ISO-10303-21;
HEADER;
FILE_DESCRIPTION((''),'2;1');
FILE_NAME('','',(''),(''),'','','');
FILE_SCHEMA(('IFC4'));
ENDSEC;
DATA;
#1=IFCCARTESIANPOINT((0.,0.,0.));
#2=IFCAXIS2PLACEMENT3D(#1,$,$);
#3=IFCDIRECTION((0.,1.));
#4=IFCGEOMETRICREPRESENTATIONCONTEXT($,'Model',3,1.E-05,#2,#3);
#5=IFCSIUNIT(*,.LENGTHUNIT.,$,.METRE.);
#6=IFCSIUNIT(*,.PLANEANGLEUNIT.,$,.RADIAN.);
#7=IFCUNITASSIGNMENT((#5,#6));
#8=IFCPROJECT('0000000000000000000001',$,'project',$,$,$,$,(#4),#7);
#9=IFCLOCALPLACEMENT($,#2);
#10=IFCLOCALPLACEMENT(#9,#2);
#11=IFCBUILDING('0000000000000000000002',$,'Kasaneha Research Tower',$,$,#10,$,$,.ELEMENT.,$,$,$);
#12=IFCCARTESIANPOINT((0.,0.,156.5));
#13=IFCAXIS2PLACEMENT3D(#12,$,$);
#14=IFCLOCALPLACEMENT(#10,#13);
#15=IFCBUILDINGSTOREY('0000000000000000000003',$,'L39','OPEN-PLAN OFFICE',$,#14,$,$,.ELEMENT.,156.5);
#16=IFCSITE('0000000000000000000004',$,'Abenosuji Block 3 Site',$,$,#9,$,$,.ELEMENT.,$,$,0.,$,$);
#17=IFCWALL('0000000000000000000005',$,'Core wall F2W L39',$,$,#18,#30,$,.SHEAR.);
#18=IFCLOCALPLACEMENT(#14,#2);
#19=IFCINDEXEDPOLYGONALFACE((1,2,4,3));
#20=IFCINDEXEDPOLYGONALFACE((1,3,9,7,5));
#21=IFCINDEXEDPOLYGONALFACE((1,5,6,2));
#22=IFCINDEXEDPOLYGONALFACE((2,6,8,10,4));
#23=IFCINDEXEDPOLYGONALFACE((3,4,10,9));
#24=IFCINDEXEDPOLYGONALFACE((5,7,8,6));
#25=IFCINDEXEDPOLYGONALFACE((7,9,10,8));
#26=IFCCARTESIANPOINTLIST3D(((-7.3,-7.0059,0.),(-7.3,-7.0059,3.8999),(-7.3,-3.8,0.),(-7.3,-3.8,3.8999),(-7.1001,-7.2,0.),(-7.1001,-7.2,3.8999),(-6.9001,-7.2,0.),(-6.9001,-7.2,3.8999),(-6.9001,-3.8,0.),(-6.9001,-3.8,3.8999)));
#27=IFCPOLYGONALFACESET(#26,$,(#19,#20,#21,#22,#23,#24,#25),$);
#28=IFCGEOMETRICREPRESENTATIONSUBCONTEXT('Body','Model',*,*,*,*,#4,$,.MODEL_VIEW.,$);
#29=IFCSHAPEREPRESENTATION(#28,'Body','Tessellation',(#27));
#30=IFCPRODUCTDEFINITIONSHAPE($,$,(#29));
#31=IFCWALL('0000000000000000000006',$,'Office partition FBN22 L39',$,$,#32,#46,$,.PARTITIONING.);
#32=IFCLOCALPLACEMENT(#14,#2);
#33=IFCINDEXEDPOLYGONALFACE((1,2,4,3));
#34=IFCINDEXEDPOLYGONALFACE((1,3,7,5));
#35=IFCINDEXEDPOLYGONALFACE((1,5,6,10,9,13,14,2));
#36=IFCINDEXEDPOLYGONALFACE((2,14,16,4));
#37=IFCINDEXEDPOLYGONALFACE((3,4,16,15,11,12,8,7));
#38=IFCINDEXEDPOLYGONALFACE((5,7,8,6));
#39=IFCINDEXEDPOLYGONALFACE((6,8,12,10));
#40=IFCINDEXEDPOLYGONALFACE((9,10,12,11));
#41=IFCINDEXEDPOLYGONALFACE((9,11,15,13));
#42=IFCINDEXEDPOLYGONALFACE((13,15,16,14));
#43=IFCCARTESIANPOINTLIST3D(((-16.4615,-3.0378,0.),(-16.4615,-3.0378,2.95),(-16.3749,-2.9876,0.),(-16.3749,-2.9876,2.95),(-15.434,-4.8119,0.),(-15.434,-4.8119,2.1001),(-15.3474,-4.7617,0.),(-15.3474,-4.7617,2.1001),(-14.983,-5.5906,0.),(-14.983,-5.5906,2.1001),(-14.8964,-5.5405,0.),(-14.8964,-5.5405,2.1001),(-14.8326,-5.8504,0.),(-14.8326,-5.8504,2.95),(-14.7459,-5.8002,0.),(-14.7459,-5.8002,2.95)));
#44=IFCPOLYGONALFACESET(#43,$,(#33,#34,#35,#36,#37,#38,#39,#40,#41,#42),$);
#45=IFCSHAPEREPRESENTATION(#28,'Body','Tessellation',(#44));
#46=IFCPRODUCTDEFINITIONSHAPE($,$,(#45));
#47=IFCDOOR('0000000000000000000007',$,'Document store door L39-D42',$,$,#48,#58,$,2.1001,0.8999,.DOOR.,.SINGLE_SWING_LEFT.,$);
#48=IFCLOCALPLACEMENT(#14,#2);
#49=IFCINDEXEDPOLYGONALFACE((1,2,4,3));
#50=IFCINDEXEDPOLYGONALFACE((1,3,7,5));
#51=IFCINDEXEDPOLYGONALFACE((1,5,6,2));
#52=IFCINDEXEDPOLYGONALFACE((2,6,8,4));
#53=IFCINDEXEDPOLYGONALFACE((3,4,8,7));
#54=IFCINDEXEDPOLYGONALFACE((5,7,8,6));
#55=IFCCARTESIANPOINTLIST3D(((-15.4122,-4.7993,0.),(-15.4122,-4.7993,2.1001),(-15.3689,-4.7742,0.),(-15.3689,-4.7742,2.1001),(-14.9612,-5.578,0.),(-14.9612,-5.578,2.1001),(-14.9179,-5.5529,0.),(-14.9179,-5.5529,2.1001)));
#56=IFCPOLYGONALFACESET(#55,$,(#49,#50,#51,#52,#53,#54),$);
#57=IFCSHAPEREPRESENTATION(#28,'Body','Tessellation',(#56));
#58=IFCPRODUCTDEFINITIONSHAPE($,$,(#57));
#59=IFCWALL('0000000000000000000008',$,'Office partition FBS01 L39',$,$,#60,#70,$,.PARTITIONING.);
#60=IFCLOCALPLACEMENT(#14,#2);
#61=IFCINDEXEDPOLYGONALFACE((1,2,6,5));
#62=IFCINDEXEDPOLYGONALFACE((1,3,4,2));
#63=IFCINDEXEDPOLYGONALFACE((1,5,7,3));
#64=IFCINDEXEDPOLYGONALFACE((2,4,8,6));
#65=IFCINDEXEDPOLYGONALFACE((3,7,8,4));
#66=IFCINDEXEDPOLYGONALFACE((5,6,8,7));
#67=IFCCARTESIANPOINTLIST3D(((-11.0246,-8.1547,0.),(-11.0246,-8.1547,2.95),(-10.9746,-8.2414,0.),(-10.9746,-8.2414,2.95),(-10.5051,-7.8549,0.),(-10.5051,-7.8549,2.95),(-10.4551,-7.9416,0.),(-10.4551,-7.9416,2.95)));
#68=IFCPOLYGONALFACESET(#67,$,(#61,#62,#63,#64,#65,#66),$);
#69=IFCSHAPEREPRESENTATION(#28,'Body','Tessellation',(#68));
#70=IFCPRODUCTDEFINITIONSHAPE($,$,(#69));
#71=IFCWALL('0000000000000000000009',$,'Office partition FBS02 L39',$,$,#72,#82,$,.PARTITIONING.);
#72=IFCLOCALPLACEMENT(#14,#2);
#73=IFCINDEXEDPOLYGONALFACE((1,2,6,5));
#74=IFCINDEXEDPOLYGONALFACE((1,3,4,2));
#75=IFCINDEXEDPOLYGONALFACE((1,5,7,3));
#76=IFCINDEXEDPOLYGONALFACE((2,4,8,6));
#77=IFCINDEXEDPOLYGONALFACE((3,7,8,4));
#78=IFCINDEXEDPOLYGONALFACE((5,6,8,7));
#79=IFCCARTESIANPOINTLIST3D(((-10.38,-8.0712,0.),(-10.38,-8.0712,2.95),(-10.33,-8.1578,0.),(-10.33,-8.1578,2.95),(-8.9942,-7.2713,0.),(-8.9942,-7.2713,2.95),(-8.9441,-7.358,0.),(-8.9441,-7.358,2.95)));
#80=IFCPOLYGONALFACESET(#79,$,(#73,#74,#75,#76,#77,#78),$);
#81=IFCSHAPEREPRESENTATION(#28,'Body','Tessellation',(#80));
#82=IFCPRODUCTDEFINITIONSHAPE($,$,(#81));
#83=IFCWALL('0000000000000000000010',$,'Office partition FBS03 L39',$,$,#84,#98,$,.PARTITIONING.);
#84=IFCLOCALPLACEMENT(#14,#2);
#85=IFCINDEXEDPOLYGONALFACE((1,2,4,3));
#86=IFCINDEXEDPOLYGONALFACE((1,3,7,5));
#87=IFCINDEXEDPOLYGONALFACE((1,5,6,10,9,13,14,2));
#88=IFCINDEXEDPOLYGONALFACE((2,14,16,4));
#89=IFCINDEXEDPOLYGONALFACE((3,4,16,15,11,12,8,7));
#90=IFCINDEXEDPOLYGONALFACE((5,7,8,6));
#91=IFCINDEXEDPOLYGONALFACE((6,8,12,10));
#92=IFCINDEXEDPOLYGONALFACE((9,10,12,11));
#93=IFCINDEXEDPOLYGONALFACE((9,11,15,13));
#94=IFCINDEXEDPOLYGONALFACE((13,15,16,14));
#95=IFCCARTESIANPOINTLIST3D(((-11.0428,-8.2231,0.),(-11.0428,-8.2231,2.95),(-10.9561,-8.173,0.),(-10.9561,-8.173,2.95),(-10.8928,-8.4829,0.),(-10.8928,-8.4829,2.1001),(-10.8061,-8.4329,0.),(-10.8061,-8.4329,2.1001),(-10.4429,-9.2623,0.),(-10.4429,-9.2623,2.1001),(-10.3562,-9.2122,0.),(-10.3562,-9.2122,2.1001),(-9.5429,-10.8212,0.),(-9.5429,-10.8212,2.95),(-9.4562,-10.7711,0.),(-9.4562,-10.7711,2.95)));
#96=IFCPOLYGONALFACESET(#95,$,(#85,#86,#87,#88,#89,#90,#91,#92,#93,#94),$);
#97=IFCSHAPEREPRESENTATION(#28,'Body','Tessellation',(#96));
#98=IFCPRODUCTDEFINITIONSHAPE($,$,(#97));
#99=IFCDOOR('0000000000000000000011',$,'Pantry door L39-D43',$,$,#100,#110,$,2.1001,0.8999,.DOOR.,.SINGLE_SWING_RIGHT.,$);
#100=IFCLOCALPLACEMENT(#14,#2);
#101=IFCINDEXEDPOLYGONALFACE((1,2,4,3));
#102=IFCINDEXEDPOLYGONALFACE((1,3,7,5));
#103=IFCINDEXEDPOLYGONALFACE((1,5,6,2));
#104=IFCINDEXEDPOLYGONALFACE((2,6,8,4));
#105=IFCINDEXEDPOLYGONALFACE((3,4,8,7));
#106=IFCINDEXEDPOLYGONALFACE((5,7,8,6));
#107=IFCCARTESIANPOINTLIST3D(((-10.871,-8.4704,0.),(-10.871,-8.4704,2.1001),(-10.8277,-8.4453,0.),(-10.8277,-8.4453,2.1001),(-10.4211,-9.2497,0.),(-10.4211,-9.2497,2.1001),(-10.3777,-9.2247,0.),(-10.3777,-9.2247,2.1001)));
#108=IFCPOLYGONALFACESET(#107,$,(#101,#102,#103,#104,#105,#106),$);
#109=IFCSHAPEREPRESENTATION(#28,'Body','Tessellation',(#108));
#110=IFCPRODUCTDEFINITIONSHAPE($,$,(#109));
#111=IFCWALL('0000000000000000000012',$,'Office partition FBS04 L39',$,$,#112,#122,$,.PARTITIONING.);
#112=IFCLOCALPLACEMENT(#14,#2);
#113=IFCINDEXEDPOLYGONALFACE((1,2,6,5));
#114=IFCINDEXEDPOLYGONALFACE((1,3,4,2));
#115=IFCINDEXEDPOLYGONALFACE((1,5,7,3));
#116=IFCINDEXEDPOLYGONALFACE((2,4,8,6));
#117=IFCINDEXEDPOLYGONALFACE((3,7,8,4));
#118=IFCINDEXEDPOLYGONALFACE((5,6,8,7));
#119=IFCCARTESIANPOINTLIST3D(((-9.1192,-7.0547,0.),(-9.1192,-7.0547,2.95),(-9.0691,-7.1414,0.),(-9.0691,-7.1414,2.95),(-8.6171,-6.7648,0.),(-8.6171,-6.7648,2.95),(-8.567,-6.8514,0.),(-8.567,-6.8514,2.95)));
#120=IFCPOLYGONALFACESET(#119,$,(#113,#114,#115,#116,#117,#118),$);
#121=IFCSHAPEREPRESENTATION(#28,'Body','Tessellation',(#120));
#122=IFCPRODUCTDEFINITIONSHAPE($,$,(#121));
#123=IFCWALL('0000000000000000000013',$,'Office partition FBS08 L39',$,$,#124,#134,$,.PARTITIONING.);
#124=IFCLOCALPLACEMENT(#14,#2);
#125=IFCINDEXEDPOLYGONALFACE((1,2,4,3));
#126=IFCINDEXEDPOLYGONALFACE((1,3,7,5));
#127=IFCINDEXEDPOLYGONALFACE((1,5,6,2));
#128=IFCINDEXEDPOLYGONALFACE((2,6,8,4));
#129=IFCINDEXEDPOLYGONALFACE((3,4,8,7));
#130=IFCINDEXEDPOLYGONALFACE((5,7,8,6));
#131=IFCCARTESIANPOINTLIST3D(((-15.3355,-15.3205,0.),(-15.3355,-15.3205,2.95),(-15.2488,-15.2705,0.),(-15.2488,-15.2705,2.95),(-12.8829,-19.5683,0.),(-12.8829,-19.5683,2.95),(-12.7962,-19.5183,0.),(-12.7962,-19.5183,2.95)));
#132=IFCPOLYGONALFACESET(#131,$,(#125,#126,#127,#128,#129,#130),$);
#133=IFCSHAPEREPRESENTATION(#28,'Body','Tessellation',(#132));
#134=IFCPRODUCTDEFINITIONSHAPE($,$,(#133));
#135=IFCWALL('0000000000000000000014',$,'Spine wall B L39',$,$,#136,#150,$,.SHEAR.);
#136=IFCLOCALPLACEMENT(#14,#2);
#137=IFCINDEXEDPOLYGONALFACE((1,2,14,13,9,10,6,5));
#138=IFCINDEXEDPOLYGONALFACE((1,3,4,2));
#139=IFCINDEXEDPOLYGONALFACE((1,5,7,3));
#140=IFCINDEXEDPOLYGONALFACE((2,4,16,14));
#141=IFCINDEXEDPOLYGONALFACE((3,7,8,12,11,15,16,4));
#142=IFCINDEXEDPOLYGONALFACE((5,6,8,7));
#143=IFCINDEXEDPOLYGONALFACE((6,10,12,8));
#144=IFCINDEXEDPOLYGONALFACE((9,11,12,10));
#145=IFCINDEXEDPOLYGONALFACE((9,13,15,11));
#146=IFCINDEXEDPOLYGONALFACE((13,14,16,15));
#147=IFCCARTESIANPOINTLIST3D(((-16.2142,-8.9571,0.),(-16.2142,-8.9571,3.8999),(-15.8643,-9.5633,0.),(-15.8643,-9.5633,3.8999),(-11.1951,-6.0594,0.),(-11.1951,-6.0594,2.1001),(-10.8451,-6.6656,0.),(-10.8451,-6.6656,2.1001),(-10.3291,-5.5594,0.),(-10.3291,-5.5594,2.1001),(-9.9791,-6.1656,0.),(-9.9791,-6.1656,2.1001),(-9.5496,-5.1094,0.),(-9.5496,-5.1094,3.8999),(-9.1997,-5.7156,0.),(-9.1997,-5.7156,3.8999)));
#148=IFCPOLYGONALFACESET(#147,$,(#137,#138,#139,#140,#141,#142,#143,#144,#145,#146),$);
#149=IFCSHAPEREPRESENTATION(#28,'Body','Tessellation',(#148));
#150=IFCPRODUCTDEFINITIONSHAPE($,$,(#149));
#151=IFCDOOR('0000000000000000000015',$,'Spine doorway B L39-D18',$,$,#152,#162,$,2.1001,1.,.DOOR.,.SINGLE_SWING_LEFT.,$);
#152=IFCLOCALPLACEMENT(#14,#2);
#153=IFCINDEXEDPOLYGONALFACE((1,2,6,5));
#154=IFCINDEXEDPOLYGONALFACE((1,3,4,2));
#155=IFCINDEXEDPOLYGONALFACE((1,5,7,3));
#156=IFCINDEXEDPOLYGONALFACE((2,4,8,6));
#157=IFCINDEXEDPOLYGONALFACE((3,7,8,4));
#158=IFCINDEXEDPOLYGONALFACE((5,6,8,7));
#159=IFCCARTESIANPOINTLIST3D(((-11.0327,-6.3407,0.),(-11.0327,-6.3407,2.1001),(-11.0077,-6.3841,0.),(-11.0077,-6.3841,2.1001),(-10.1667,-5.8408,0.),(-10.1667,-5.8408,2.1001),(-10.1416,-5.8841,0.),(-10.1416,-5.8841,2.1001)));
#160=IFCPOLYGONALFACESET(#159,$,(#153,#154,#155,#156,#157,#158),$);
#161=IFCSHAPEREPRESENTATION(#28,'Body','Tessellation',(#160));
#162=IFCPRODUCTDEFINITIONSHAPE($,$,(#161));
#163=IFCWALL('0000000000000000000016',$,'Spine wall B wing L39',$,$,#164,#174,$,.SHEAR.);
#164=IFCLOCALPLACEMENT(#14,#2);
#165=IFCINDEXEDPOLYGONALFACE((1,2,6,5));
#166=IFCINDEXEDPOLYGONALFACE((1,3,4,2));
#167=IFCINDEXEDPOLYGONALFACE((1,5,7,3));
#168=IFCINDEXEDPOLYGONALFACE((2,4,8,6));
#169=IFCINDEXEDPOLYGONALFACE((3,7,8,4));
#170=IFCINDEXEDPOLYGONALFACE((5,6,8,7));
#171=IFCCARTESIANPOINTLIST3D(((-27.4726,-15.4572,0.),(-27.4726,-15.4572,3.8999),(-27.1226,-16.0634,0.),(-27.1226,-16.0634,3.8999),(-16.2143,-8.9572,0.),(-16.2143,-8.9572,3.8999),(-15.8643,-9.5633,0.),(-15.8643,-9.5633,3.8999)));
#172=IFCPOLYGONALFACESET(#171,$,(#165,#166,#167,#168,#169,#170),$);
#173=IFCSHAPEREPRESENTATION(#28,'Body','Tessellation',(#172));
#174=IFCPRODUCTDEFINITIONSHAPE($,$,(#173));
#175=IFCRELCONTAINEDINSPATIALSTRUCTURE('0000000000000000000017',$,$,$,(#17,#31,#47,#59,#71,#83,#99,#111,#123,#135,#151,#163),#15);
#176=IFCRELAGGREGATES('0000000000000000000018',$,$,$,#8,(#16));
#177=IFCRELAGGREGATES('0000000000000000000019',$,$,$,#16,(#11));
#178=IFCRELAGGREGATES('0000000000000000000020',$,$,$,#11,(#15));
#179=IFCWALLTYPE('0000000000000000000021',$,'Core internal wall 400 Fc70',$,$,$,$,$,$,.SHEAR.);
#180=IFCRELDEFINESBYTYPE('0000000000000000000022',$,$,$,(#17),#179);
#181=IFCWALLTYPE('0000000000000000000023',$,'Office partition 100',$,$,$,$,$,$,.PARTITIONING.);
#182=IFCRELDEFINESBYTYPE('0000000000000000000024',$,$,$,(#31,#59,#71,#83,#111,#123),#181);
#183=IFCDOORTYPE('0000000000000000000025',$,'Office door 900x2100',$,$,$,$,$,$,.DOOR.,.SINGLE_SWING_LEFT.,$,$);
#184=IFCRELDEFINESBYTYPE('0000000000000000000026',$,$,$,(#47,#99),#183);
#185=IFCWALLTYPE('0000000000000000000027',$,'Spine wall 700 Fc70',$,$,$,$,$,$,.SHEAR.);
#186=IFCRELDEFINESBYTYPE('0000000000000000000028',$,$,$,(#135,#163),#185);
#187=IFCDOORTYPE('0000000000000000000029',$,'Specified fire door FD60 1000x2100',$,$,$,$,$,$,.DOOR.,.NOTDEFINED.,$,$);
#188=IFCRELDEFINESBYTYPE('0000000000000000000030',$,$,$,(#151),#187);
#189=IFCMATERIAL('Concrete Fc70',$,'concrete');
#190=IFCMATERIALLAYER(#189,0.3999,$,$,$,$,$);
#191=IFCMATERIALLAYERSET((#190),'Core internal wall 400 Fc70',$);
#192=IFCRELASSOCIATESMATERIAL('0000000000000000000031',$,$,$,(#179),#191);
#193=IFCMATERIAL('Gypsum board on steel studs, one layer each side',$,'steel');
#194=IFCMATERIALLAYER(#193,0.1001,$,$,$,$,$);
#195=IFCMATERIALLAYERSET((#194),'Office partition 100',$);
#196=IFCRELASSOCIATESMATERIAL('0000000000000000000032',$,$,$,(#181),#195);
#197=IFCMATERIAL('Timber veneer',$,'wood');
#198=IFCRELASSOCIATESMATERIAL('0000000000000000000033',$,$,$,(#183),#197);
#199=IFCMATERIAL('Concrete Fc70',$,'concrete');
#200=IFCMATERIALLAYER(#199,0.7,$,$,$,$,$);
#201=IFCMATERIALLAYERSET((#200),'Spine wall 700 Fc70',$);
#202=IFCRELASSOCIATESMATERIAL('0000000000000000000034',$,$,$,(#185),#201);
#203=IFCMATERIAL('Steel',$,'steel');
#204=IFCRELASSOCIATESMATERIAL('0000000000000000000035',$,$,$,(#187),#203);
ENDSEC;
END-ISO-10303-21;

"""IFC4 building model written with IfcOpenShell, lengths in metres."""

from ifc_helpers import new_model, si_unit, direction, frame, frame_2d, origin, place, context, subcontext, project, spatial, polyline, rectangle, outline, extrude, material, layer, layer_set, type_object, element, fill, save


model = new_model("IFC4")

# Units and contexts
model_context = context("Model", 3, precision=1e-05, world=origin(), true_north=direction((0.0, 1.0)))
body_context = subcontext(model_context, "Body", "Model", "MODEL_VIEW")
ifc_project = project(units=[si_unit("LENGTHUNIT", "METRE"), si_unit("PLANEANGLEUNIT", "RADIAN")], contexts=[model_context])

# Site, building, storey
site_placement = place(None, origin())
site = spatial("IfcSite", under=ifc_project, at=site_placement, Name="Abenosuji Block 3 Site", CompositionType="ELEMENT", RefElevation=0.0)
building_placement = place(site_placement, origin())
building = spatial("IfcBuilding", under=site, at=building_placement, Name="Kasaneha Research Tower", CompositionType="ELEMENT")
storey_placement = place(building_placement, frame((0.0, 0.0, 156.5)))
storey = spatial("IfcBuildingStorey", under=building, at=storey_placement, Name="L39", Description="OPEN-PLAN OFFICE", CompositionType="ELEMENT", Elevation=156.5)

# Shared definitions
ifc_material_1 = material(Name="Concrete Fc70", Category="concrete")
ifc_layer_1 = layer(ifc_material_1, 0.3999)
ifc_layer_set_1 = layer_set([ifc_layer_1], Name="Core internal wall 400 Fc70")
wall_type_1 = type_object("IfcWallType", Name="Core internal wall 400 Fc70", PredefinedType="SHEAR", material=ifc_layer_set_1)

# Wall
wall_1_placement = place(storey_placement, frame((-7.1001, -3.8, 0.0), z_axis=(0.0, 0.0, 1.0), x_axis=(0.0, -1.0, 0.0)))
element("IfcWall", 1, at=wall_1_placement, inside=storey, type_object=wall_type_1, Name="Core wall F2W L39", PredefinedType="SHEAR", context=body_context, shape_type="SweptSolid", body=[
    extrude(outline(polyline([(0.0, -0.2), (3.2058, -0.2), (3.3999, 0.0), (3.3999, 0.2), (0.0, 0.2), (0.0, -0.2)])), origin(), (0.0, 0.0, 1.0), 3.8999),
])

# Wall, opening, door
ifc_material_2 = material(Name="Gypsum board on steel studs, one layer each side", Category="steel")
ifc_layer_2 = layer(ifc_material_2, 0.1001)
ifc_layer_set_2 = layer_set([ifc_layer_2], Name="Office partition 100")
wall_type_2 = type_object("IfcWallType", Name="Office partition 100", PredefinedType="PARTITIONING", material=ifc_layer_set_2)
wall_2_placement = place(storey_placement, frame((-14.7893, -5.8252, 0.0), z_axis=(0.0, 0.0, 1.0), x_axis=(-0.501178, 0.865344, 0.0)))
wall_2 = element("IfcWall", 2, at=wall_2_placement, inside=storey, type_object=wall_type_2, Name="Office partition FBN22 L39", PredefinedType="PARTITIONING", context=body_context, shape_type="SweptSolid", body=[
    extrude(rectangle(XDim=3.2502, YDim=0.1001, at=frame_2d((1.625, 0.0))), origin(), (0.0, 0.0, 1.0), 2.95),
])
opening_1_placement = place(wall_2_placement, frame((0.3, 0.0, 0.0)))
opening_1 = element("IfcOpeningElement", 3, at=opening_1_placement, cuts=wall_2, PredefinedType="OPENING", context=body_context, shape_type="SweptSolid", body=[
    extrude(rectangle(XDim=0.8999, YDim=2.1001, at=frame_2d((0.45, 1.05))), frame((0.0, 0.0601, 0.0), z_axis=(0.0, -1.0, 0.0), x_axis=(1.0, 0.0, 0.0)), (0.0, 0.0, 1.0), 0.1201),
])
ifc_material_3 = material(Name="Timber veneer", Category="wood")
door_type_1 = type_object("IfcDoorType", Name="Office door 900x2100", OperationType="SINGLE_SWING_LEFT", PredefinedType="DOOR", material=ifc_material_3)
door_1_placement = place(opening_1_placement, origin())
door_1 = element("IfcDoor", 4, at=door_1_placement, inside=storey, type_object=door_type_1, Name="Document store door L39-D42", OperationType="SINGLE_SWING_LEFT", OverallHeight=2.1001, OverallWidth=0.8999, PredefinedType="DOOR", context=body_context, shape_type="SweptSolid", body=[
    extrude(rectangle(XDim=0.8999, YDim=2.1001, at=frame_2d((0.45, 1.05))), frame((0.0, 0.0249, 0.0), z_axis=(0.0, -1.0, 0.0), x_axis=(1.0, 0.0, 0.0)), (0.0, 0.0, 1.0), 0.05),
])
fill(opening_1, door_1)

# Walls
wall_3_placement = place(storey_placement, frame((-10.9995, -8.198, 0.0), z_axis=(0.0, 0.0, 1.0), x_axis=(0.866131, 0.499816, 0.0)))
element("IfcWall", 5, at=wall_3_placement, inside=storey, type_object=wall_type_2, Name="Office partition FBS01 L39", PredefinedType="PARTITIONING", context=body_context, shape_type="SweptSolid", body=[
    extrude(rectangle(XDim=0.5999, YDim=0.1001, at=frame_2d((0.2998, 0.0))), origin(), (0.0, 0.0, 1.0), 2.95),
])
wall_4_placement = place(storey_placement, frame((-10.355, -8.1145, 0.0), z_axis=(0.0, 0.0, 1.0), x_axis=(0.866094, 0.499881, 0.0)))
element("IfcWall", 6, at=wall_4_placement, inside=storey, type_object=wall_type_2, Name="Office partition FBS02 L39", PredefinedType="PARTITIONING", context=body_context, shape_type="SweptSolid", body=[
    extrude(rectangle(XDim=1.6001, YDim=0.1001, at=frame_2d((0.8, 0.0))), origin(), (0.0, 0.0, 1.0), 2.95),
])

# Wall, opening, door
wall_5_placement = place(storey_placement, frame((-9.4995, -10.7961, 0.0), z_axis=(0.0, 0.0, 1.0), x_axis=(-0.49999, 0.866031, 0.0)))
wall_5 = element("IfcWall", 7, at=wall_5_placement, inside=storey, type_object=wall_type_2, Name="Office partition FBS03 L39", PredefinedType="PARTITIONING", context=body_context, shape_type="SweptSolid", body=[
    extrude(rectangle(XDim=3.0, YDim=0.1001, at=frame_2d((1.5, 0.0))), origin(), (0.0, 0.0, 1.0), 2.95),
])
opening_2_placement = place(wall_5_placement, frame((1.8, 0.0, 0.0)))
opening_2 = element("IfcOpeningElement", 8, at=opening_2_placement, cuts=wall_5, PredefinedType="OPENING", context=body_context, shape_type="SweptSolid", body=[
    extrude(rectangle(XDim=0.8999, YDim=2.1001, at=frame_2d((0.45, 1.05))), frame((0.0, 0.0601, 0.0), z_axis=(0.0, -1.0, 0.0), x_axis=(1.0, 0.0, 0.0)), (0.0, 0.0, 1.0), 0.1201),
])
door_2_placement = place(opening_2_placement, origin())
door_2 = element("IfcDoor", 9, at=door_2_placement, inside=storey, type_object=door_type_1, Name="Pantry door L39-D43", OperationType="SINGLE_SWING_RIGHT", OverallHeight=2.1001, OverallWidth=0.8999, PredefinedType="DOOR", context=body_context, shape_type="SweptSolid", body=[
    extrude(rectangle(XDim=0.8999, YDim=2.1001, at=frame_2d((0.45, 1.05))), frame((0.0, 0.0249, 0.0), z_axis=(0.0, -1.0, 0.0), x_axis=(1.0, 0.0, 0.0)), (0.0, 0.0, 1.0), 0.05),
])
fill(opening_2, door_2)

# Walls
wall_6_placement = place(storey_placement, frame((-9.0942, -7.0981, 0.0), z_axis=(0.0, 0.0, 1.0), x_axis=(0.865954, 0.500123, 0.0)))
element("IfcWall", 10, at=wall_6_placement, inside=storey, type_object=wall_type_2, Name="Office partition FBS04 L39", PredefinedType="PARTITIONING", context=body_context, shape_type="SweptSolid", body=[
    extrude(rectangle(XDim=0.5798, YDim=0.1001, at=frame_2d((0.29, 0.0))), origin(), (0.0, 0.0, 1.0), 2.95),
])
wall_7_placement = place(storey_placement, frame((-15.2922, -15.2954, 0.0), z_axis=(0.0, 0.0, 1.0), x_axis=(0.500025, -0.866011, 0.0)))
element("IfcWall", 11, at=wall_7_placement, inside=storey, type_object=wall_type_2, Name="Office partition FBS08 L39", PredefinedType="PARTITIONING", context=body_context, shape_type="SweptSolid", body=[
    extrude(rectangle(XDim=4.905, YDim=0.1001, at=frame_2d((2.4526, 0.0))), origin(), (0.0, 0.0, 1.0), 2.95),
])

# Wall, opening, door
ifc_material_4 = material(Name="Concrete Fc70", Category="concrete")
ifc_layer_3 = layer(ifc_material_4, 0.7)
ifc_layer_set_3 = layer_set([ifc_layer_3], Name="Spine wall 700 Fc70")
wall_type_3 = type_object("IfcWallType", Name="Spine wall 700 Fc70", PredefinedType="SHEAR", material=ifc_layer_set_3)
wall_8_placement = place(storey_placement, frame((-9.3748, -5.4126, 0.0), z_axis=(0.0, 0.0, 1.0), x_axis=(-0.866032, -0.499988, 0.0)))
wall_8 = element("IfcWall", 12, at=wall_8_placement, inside=storey, type_object=wall_type_3, Name="Spine wall B L39", PredefinedType="SHEAR", context=body_context, shape_type="SweptSolid", body=[
    extrude(rectangle(XDim=7.6956, YDim=0.7, at=frame_2d((3.8477, 0.0))), origin(), (0.0, 0.0, 1.0), 3.8999),
])
opening_3_placement = place(wall_8_placement, frame((0.8999, 0.0, 0.0)))
opening_3 = element("IfcOpeningElement", 13, at=opening_3_placement, cuts=wall_8, PredefinedType="OPENING", context=body_context, shape_type="SweptSolid", body=[
    extrude(rectangle(XDim=1.0, YDim=2.1001, at=frame_2d((0.5, 1.05))), frame((0.0, 0.3599, 0.0), z_axis=(0.0, -1.0, 0.0), x_axis=(1.0, 0.0, 0.0)), (0.0, 0.0, 1.0), 0.72),
])
ifc_material_5 = material(Name="Steel", Category="steel")
door_type_2 = type_object("IfcDoorType", Name="Specified fire door FD60 1000x2100", OperationType="NOTDEFINED", PredefinedType="DOOR", material=ifc_material_5)
door_3_placement = place(opening_3_placement, origin())
door_3 = element("IfcDoor", 14, at=door_3_placement, inside=storey, type_object=door_type_2, Name="Spine doorway B L39-D18", OperationType="SINGLE_SWING_LEFT", OverallHeight=2.1001, OverallWidth=1.0, PredefinedType="DOOR", context=body_context, shape_type="SweptSolid", body=[
    extrude(rectangle(XDim=1.0, YDim=2.1001, at=frame_2d((0.5, 1.05))), frame((0.0, 0.0249, 0.0), z_axis=(0.0, -1.0, 0.0), x_axis=(1.0, 0.0, 0.0)), (0.0, 0.0, 1.0), 0.05),
])
fill(opening_3, door_3)

# Wall
wall_9_placement = place(storey_placement, frame((-16.0393, -9.2603, 0.0), z_axis=(0.0, 0.0, 1.0), x_axis=(-0.866025, -0.500001, 0.0)))
element("IfcWall", 15, at=wall_9_placement, inside=storey, type_object=wall_type_3, Name="Spine wall B wing L39", PredefinedType="SHEAR", context=body_context, shape_type="SweptSolid", body=[
    extrude(rectangle(XDim=13.0, YDim=0.7, at=frame_2d((6.5, 0.0))), origin(), (0.0, 0.0, 1.0), 3.8999),
])

save(model, "model.ifc")
